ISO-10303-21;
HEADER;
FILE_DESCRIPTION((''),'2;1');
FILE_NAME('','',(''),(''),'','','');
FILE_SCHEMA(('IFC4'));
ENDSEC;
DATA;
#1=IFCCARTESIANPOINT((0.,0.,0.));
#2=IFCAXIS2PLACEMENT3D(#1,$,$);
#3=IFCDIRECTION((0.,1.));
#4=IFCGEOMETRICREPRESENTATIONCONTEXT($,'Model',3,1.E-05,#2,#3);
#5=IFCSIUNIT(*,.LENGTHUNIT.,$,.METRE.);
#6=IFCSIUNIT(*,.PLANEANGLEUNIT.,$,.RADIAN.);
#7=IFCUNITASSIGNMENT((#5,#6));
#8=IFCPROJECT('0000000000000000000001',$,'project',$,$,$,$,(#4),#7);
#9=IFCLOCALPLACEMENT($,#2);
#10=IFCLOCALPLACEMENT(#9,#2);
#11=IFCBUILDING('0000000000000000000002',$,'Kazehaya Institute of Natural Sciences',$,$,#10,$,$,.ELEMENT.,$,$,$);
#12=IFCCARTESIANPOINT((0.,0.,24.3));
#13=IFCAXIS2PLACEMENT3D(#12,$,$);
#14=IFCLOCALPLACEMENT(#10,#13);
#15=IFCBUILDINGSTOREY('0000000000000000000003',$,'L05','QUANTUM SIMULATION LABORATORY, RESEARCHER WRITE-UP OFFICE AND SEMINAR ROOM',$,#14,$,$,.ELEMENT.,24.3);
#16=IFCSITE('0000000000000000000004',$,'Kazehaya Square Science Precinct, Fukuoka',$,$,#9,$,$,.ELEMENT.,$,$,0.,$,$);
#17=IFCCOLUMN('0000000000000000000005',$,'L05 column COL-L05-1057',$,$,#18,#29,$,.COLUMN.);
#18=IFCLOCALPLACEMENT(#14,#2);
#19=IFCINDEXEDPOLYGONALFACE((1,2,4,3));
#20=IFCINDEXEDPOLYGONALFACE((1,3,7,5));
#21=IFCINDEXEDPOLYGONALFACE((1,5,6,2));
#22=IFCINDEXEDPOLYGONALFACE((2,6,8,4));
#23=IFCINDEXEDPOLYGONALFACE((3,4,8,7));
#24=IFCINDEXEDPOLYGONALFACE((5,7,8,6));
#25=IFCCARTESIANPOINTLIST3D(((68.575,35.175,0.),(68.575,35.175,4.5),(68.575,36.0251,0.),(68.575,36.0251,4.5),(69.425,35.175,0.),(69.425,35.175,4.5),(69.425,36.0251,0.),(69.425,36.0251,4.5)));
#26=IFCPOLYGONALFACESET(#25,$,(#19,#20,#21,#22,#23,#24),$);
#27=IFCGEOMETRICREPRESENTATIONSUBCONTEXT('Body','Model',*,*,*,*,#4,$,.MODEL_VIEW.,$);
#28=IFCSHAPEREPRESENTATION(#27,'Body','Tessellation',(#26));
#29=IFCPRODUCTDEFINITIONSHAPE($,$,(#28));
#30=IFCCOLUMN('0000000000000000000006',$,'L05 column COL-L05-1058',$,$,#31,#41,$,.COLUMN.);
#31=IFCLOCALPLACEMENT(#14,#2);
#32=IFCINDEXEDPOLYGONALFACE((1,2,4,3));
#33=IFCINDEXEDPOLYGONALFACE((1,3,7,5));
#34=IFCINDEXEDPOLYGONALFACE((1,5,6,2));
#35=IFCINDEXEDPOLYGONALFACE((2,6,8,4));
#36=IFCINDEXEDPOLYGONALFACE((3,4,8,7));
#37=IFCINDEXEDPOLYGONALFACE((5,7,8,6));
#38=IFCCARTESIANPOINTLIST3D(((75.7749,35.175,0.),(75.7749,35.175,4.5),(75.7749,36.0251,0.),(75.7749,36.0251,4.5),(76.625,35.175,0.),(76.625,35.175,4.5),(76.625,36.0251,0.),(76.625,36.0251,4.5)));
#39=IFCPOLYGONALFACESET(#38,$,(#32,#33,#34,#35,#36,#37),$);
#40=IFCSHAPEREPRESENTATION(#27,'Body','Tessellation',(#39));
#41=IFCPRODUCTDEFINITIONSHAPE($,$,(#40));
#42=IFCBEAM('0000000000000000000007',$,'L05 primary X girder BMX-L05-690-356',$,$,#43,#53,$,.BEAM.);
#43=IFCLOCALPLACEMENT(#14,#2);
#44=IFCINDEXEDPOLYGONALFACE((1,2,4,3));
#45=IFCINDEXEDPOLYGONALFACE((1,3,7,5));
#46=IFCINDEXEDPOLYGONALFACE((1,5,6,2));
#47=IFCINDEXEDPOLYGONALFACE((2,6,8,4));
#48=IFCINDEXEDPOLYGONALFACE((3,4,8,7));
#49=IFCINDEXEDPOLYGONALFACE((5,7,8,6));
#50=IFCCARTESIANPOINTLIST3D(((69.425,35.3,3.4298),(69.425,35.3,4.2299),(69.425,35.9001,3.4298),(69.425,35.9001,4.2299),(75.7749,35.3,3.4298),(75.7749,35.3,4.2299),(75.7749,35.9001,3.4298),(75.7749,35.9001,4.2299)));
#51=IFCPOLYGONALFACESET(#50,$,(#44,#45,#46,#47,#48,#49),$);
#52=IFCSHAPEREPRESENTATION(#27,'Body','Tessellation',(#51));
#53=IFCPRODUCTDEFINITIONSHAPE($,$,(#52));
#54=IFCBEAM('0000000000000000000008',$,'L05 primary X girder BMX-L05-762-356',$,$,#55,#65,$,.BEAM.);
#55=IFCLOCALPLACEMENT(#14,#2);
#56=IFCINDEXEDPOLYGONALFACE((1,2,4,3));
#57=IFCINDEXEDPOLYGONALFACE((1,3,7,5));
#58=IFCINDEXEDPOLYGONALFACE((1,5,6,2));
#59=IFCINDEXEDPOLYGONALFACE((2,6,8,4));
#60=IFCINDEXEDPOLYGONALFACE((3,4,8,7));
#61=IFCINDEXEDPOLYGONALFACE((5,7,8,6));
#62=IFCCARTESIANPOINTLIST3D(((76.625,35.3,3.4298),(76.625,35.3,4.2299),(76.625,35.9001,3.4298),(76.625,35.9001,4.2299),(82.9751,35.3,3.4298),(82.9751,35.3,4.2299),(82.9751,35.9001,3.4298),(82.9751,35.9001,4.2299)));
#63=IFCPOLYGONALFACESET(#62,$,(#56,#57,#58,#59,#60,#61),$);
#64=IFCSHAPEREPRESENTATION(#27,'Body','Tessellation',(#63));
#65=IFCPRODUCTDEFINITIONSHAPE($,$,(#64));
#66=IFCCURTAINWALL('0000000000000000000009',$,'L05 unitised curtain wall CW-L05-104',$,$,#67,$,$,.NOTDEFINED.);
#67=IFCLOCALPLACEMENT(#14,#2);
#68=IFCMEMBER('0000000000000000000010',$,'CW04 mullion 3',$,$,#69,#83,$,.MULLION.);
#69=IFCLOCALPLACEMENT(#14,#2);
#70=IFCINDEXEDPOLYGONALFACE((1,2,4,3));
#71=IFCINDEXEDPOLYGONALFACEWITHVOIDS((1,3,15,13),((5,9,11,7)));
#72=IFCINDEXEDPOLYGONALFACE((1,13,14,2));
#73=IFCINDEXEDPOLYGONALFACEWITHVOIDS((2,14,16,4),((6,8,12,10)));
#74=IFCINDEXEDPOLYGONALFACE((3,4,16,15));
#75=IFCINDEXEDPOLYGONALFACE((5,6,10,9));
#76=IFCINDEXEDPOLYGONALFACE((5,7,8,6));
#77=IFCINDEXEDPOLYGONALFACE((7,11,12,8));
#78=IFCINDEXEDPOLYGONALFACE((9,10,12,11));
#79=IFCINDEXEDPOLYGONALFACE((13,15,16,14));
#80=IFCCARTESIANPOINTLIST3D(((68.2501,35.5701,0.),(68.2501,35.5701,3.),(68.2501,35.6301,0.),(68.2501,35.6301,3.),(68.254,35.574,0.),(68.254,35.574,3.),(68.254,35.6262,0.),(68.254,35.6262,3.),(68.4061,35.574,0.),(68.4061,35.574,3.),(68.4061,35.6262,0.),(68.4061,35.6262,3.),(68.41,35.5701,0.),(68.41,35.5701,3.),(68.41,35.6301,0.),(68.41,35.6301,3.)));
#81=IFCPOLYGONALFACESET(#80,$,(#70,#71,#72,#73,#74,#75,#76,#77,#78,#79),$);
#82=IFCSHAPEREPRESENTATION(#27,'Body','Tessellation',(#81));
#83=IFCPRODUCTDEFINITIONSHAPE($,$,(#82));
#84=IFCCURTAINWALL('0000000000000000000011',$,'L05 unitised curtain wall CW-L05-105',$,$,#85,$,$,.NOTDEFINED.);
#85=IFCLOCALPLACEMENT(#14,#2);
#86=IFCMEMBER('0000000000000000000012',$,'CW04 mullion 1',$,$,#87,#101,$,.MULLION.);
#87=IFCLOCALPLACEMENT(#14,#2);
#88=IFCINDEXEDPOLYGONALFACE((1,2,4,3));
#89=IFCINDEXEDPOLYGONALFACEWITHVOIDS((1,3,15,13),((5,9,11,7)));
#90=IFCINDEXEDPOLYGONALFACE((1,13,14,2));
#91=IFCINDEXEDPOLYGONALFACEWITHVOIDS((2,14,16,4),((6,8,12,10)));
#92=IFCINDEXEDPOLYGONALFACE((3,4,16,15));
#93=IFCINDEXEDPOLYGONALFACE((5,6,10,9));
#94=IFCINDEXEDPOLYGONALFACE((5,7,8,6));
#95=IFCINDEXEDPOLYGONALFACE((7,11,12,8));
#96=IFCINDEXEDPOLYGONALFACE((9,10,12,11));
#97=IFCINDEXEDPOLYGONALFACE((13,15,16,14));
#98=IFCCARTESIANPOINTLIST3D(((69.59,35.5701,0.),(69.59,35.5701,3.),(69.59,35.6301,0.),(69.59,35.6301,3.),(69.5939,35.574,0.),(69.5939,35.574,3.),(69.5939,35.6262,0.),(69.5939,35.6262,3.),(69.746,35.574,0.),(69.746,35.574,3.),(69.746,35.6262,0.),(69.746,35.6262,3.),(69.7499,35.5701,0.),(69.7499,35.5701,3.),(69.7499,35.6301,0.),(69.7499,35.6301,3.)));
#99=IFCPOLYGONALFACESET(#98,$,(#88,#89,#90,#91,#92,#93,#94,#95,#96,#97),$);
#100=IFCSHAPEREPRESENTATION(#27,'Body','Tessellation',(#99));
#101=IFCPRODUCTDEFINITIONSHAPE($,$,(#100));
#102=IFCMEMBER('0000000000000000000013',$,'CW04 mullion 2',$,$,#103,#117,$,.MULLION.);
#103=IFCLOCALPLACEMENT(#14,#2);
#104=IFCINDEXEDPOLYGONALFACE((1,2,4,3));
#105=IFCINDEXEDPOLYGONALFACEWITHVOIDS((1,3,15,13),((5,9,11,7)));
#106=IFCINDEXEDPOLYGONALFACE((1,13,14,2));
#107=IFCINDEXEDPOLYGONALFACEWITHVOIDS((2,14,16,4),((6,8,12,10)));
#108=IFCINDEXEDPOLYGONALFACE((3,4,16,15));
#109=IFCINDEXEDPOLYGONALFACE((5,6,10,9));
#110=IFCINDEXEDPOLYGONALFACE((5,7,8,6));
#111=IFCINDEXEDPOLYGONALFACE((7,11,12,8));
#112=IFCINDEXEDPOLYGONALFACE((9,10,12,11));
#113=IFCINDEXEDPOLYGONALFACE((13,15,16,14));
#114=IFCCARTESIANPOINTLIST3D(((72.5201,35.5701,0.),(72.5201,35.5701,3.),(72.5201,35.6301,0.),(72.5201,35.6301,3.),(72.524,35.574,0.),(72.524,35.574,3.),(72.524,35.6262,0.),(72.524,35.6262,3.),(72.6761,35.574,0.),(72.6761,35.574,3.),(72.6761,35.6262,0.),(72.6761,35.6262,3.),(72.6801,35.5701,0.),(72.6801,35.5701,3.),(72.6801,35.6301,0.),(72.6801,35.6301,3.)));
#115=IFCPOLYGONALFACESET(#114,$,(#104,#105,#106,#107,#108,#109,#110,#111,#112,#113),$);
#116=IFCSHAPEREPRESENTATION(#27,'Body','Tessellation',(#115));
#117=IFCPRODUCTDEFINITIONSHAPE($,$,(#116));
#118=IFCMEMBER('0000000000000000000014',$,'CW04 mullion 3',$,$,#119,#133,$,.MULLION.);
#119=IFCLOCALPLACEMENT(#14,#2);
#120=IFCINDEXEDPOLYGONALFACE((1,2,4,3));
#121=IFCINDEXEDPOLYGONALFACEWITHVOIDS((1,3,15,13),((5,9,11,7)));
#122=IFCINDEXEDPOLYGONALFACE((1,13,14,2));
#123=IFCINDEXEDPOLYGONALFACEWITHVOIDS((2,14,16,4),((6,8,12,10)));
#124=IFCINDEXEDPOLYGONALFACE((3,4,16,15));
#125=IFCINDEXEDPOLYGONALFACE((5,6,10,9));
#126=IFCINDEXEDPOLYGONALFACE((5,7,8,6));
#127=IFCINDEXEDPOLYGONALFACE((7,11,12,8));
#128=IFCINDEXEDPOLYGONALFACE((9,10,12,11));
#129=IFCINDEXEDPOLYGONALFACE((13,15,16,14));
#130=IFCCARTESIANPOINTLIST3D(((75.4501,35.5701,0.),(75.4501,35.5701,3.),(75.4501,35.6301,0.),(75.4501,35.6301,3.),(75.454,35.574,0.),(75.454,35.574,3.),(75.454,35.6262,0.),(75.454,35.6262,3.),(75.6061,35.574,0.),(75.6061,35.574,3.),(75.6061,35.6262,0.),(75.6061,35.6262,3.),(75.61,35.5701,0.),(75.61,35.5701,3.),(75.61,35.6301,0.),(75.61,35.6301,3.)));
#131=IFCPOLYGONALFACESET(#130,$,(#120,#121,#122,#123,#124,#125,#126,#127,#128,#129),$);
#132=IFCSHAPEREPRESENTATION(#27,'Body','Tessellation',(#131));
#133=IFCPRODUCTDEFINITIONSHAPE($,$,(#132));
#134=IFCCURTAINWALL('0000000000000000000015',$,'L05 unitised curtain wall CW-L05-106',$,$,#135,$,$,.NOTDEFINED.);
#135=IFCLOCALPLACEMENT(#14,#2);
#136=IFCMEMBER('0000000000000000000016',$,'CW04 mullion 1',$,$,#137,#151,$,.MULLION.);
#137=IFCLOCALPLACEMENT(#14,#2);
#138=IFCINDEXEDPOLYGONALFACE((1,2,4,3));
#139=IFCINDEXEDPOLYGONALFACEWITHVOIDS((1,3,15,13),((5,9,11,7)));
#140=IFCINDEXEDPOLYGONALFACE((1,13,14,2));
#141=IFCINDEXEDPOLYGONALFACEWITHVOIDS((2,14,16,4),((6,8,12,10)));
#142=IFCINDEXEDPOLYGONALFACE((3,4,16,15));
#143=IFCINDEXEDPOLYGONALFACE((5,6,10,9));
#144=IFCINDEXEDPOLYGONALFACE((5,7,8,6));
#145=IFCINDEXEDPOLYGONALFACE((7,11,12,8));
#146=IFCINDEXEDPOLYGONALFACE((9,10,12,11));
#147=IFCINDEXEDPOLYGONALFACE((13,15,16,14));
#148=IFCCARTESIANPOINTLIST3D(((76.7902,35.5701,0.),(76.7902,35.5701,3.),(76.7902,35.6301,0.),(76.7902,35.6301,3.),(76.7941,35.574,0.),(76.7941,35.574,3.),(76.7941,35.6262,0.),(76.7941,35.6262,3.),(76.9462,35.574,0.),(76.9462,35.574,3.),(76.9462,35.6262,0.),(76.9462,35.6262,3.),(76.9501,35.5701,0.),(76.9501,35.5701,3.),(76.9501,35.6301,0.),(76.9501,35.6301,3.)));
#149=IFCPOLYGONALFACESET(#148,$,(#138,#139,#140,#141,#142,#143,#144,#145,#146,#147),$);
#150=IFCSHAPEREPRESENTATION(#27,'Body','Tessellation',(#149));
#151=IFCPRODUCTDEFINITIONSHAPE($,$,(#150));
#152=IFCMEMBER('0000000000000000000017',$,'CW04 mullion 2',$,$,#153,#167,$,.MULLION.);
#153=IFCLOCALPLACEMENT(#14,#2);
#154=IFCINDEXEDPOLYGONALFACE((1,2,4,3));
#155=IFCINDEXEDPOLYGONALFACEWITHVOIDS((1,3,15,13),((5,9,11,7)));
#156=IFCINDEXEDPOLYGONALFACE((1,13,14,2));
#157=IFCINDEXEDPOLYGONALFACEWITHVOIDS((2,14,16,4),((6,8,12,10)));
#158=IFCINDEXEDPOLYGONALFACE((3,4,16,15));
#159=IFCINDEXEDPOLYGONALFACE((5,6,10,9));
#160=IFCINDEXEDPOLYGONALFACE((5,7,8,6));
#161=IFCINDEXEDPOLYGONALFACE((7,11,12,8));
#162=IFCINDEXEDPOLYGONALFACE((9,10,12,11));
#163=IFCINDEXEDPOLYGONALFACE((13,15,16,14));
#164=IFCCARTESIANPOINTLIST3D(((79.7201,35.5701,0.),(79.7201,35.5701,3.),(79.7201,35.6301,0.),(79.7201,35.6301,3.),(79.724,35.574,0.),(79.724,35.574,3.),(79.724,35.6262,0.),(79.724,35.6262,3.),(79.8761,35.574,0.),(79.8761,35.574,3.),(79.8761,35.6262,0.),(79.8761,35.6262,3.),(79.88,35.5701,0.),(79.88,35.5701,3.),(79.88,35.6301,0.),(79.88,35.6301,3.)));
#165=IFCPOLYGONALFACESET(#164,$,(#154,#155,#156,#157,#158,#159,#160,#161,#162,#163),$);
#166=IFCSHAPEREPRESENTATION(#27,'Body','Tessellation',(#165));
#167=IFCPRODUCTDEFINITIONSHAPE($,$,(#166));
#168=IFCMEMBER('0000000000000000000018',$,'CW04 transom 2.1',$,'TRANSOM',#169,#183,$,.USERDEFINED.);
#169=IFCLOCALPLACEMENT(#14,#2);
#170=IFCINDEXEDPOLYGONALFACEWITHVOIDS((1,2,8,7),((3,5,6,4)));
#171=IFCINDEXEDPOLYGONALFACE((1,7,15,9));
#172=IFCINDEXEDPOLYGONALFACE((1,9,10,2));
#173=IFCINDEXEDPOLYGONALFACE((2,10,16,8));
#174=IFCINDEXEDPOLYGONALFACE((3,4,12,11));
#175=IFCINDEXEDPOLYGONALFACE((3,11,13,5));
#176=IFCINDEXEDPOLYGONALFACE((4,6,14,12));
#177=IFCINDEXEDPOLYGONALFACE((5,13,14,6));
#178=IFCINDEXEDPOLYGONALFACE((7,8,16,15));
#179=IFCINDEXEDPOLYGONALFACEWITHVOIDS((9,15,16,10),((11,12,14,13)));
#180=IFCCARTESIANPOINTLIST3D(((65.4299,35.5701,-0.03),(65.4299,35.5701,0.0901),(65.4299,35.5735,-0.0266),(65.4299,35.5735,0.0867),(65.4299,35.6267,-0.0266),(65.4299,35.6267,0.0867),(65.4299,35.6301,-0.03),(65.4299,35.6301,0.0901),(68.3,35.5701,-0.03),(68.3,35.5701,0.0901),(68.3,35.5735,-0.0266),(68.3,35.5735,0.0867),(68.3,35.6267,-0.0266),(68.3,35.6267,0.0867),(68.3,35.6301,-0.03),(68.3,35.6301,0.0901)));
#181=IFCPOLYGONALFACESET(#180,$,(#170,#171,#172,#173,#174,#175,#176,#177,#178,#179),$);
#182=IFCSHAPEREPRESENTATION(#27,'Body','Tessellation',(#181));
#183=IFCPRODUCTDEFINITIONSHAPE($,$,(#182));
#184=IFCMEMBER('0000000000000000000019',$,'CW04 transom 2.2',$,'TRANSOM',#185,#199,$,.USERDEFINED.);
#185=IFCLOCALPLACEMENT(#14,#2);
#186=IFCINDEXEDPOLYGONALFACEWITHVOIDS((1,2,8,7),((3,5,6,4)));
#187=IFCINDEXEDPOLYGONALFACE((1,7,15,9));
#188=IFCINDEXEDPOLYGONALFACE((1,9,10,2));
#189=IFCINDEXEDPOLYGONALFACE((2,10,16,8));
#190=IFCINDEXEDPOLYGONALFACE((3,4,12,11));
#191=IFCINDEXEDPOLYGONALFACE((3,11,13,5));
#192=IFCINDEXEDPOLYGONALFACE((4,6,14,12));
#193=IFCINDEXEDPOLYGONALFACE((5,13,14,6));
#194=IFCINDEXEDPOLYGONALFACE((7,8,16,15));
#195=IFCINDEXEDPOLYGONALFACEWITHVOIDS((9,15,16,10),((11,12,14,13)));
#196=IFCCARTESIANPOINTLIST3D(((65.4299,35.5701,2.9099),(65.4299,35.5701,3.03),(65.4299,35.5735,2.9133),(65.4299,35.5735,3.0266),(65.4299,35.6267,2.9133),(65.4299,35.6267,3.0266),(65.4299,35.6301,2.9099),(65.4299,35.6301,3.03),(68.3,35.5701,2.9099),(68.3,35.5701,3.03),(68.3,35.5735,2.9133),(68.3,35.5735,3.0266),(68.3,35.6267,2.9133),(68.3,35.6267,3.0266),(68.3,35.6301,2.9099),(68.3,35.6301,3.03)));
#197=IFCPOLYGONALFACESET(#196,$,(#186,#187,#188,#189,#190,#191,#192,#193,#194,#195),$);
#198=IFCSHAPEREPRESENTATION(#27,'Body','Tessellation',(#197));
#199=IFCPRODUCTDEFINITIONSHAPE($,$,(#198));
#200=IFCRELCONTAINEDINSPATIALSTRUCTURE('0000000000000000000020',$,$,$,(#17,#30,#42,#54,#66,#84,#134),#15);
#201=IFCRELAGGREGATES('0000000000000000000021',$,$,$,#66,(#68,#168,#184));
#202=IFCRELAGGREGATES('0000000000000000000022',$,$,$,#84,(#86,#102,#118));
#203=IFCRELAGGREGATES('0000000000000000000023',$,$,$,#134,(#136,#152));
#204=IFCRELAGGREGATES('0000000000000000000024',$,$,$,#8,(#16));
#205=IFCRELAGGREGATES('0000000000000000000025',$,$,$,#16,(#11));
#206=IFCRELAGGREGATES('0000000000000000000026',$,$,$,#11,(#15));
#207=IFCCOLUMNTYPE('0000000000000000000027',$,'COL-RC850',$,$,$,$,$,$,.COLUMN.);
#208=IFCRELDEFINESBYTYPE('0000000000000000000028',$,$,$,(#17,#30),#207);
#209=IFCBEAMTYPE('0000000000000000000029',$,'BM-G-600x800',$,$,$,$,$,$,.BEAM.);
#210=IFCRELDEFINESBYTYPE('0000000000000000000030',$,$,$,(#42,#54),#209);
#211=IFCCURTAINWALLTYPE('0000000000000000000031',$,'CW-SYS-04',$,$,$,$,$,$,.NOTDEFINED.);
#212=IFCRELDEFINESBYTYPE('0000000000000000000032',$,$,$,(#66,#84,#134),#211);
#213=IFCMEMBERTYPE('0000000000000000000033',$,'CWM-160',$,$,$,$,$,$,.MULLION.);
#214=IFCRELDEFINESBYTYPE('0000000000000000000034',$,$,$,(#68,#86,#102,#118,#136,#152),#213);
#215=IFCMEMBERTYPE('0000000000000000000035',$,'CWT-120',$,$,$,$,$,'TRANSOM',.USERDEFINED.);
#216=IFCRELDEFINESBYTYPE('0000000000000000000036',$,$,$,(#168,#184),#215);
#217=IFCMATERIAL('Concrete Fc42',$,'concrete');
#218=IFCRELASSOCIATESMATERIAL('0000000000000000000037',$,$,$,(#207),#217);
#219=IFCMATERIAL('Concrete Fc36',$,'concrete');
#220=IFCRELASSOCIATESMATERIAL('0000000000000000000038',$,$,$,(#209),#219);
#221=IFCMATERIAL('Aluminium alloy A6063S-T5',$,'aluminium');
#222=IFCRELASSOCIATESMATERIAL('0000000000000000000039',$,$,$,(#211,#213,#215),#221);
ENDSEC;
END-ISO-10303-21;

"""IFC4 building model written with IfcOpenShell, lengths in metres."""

from ifc_helpers import new_model, si_unit, direction, frame, origin, origin_2d, place, context, subcontext, project, spatial, rectangle, hollow_rectangle, extrude, material, material_profile, profile_set, type_object, element, aggregate, save


model = new_model("IFC4")

# Units and contexts
model_context = context("Model", 3, precision=1e-05, world=origin(), true_north=direction((0.0, 1.0)))
body_context = subcontext(model_context, "Body", "Model", "MODEL_VIEW")
ifc_project = project(units=[si_unit("LENGTHUNIT", "METRE"), si_unit("PLANEANGLEUNIT", "RADIAN")], contexts=[model_context])

# Site, building, storey
site_placement = place(None, origin())
site = spatial("IfcSite", under=ifc_project, at=site_placement, Name="Kazehaya Square Science Precinct, Fukuoka", CompositionType="ELEMENT", RefElevation=0.0)
building_placement = place(site_placement, origin())
building = spatial("IfcBuilding", under=site, at=building_placement, Name="Kazehaya Institute of Natural Sciences", CompositionType="ELEMENT")
storey_placement = place(building_placement, frame((0.0, 0.0, 24.3)))
storey = spatial("IfcBuildingStorey", under=building, at=storey_placement, Name="L05", Description="QUANTUM SIMULATION LABORATORY, RESEARCHER WRITE-UP OFFICE AND SEMINAR ROOM", CompositionType="ELEMENT", Elevation=24.3)

# Columns
ifc_material_1 = material(Name="Concrete Fc42", Category="concrete")
ifc_material_profile_1 = material_profile(ifc_material_1, rectangle(XDim=0.8501, YDim=0.8501, at=origin_2d()), Name="RC-850x850")
ifc_profile_set_1 = profile_set([ifc_material_profile_1], Name="Concrete Fc42")
column_type = type_object("IfcColumnType", Name="COL-RC850", PredefinedType="COLUMN", material=ifc_profile_set_1)
for number, where, z_axis, x_axis, name in (
    (1, (69.0, 35.6001, 0.0), (0.0, 0.0, 1.0), (1.0, 0.0, 0.0), "L05 column COL-L05-1057"),
    (2, (76.2, 35.6001, 0.0), (0.0, 0.0, 1.0), (1.0, 0.0, 0.0), "L05 column COL-L05-1058"),
):
    element("IfcColumn", number, at=place(storey_placement, frame(where, z_axis=z_axis, x_axis=x_axis)), inside=storey, type_object=column_type, Name=name, PredefinedType="COLUMN", context=body_context, shape_type="SweptSolid", body=[
        extrude(rectangle(XDim=0.8501, YDim=0.8501, at=origin_2d()), origin(), (0.0, 0.0, 1.0), 4.5),
    ])

# Beams
ifc_material_2 = material(Name="Concrete Fc36", Category="concrete")
ifc_material_profile_2 = material_profile(ifc_material_2, rectangle(XDim=0.6001, YDim=0.8, at=origin_2d()), Name="RC-600x800")
ifc_profile_set_2 = profile_set([ifc_material_profile_2], Name="Concrete Fc36")
beam_type = type_object("IfcBeamType", Name="BM-G-600x800", PredefinedType="BEAM", material=ifc_profile_set_2)
beam_1_placement = place(storey_placement, frame((69.425, 35.6001, 3.8298), z_axis=(1.0, 0.0, 0.0), x_axis=(0.0, 1.0, 0.0)))
element("IfcBeam", 3, at=beam_1_placement, inside=storey, type_object=beam_type, Name="L05 primary X girder BMX-L05-690-356", PredefinedType="BEAM", context=body_context, shape_type="SweptSolid", body=[
    extrude(rectangle(XDim=0.6001, YDim=0.8, at=origin_2d()), origin(), (0.0, 0.0, 1.0), 6.3499),
])
beam_2_placement = place(storey_placement, frame((76.625, 35.6001, 3.8298), z_axis=(1.0, 0.0, 0.0), x_axis=(0.0, 1.0, 0.0)))
element("IfcBeam", 4, at=beam_2_placement, inside=storey, type_object=beam_type, Name="L05 primary X girder BMX-L05-762-356", PredefinedType="BEAM", context=body_context, shape_type="SweptSolid", body=[
    extrude(rectangle(XDim=0.6001, YDim=0.8, at=origin_2d()), origin(), (0.0, 0.0, 1.0), 6.3501),
])

# Curtain wall, member
ifc_material_3 = material(Name="Aluminium alloy A6063S-T5", Category="aluminium")
curtain_wall_type = type_object("IfcCurtainWallType", Name="CW-SYS-04", PredefinedType="NOTDEFINED", material=ifc_material_3)
curtain_wall_1_placement = place(storey_placement, origin())
curtain_wall_1 = element("IfcCurtainWall", 5, at=curtain_wall_1_placement, inside=storey, type_object=curtain_wall_type, Name="L05 unitised curtain wall CW-L05-104", PredefinedType="NOTDEFINED")
ifc_material_profile_3 = material_profile(ifc_material_3, hollow_rectangle(XDim=0.0601, YDim=0.1599, WallThickness=0.0039, at=origin_2d()), Name="ALU-60x160x4")
ifc_profile_set_3 = profile_set([ifc_material_profile_3], Name="Aluminium alloy A6063S-T5")
member_type_1 = type_object("IfcMemberType", Name="CWM-160", PredefinedType="MULLION", material=ifc_profile_set_3)
member_1_placement = place(storey_placement, frame((68.3301, 35.6001, 0.0), z_axis=(0.0, 0.0, 1.0), x_axis=(0.0, 1.0, 0.0)))
member_1 = element("IfcMember", 6, at=member_1_placement, type_object=member_type_1, Name="CW04 mullion 3", PredefinedType="MULLION", context=body_context, shape_type="SweptSolid", body=[
    extrude(hollow_rectangle(XDim=0.0601, YDim=0.1599, WallThickness=0.0039, at=origin_2d()), origin(), (0.0, 0.0, 1.0), 3.0),
])

# Curtain walls, members
curtain_wall_2_placement = place(storey_placement, origin())
curtain_wall_2 = element("IfcCurtainWall", 7, at=curtain_wall_2_placement, inside=storey, type_object=curtain_wall_type, Name="L05 unitised curtain wall CW-L05-105", PredefinedType="NOTDEFINED")
member_2_placement = place(storey_placement, frame((69.6699, 35.6001, 0.0), z_axis=(0.0, 0.0, 1.0), x_axis=(0.0, 1.0, 0.0)))
member_2 = element("IfcMember", 8, at=member_2_placement, type_object=member_type_1, Name="CW04 mullion 1", PredefinedType="MULLION", context=body_context, shape_type="SweptSolid", body=[
    extrude(hollow_rectangle(XDim=0.0601, YDim=0.1599, WallThickness=0.0039, at=origin_2d()), origin(), (0.0, 0.0, 1.0), 3.0),
])
member_3_placement = place(storey_placement, frame((72.6001, 35.6001, 0.0), z_axis=(0.0, 0.0, 1.0), x_axis=(0.0, 1.0, 0.0)))
member_3 = element("IfcMember", 9, at=member_3_placement, type_object=member_type_1, Name="CW04 mullion 2", PredefinedType="MULLION", context=body_context, shape_type="SweptSolid", body=[
    extrude(hollow_rectangle(XDim=0.0601, YDim=0.1599, WallThickness=0.0039, at=origin_2d()), origin(), (0.0, 0.0, 1.0), 3.0),
])
member_4_placement = place(storey_placement, frame((75.53, 35.6001, 0.0), z_axis=(0.0, 0.0, 1.0), x_axis=(0.0, 1.0, 0.0)))
member_4 = element("IfcMember", 10, at=member_4_placement, type_object=member_type_1, Name="CW04 mullion 3", PredefinedType="MULLION", context=body_context, shape_type="SweptSolid", body=[
    extrude(hollow_rectangle(XDim=0.0601, YDim=0.1599, WallThickness=0.0039, at=origin_2d()), origin(), (0.0, 0.0, 1.0), 3.0),
])
curtain_wall_3_placement = place(storey_placement, origin())
curtain_wall_3 = element("IfcCurtainWall", 11, at=curtain_wall_3_placement, inside=storey, type_object=curtain_wall_type, Name="L05 unitised curtain wall CW-L05-106", PredefinedType="NOTDEFINED")
member_5_placement = place(storey_placement, frame((76.8701, 35.6001, 0.0), z_axis=(0.0, 0.0, 1.0), x_axis=(0.0, 1.0, 0.0)))
member_5 = element("IfcMember", 12, at=member_5_placement, type_object=member_type_1, Name="CW04 mullion 1", PredefinedType="MULLION", context=body_context, shape_type="SweptSolid", body=[
    extrude(hollow_rectangle(XDim=0.0601, YDim=0.1599, WallThickness=0.0039, at=origin_2d()), origin(), (0.0, 0.0, 1.0), 3.0),
])
member_6_placement = place(storey_placement, frame((79.8, 35.6001, 0.0), z_axis=(0.0, 0.0, 1.0), x_axis=(0.0, 1.0, 0.0)))
member_6 = element("IfcMember", 13, at=member_6_placement, type_object=member_type_1, Name="CW04 mullion 2", PredefinedType="MULLION", context=body_context, shape_type="SweptSolid", body=[
    extrude(hollow_rectangle(XDim=0.0601, YDim=0.1599, WallThickness=0.0039, at=origin_2d()), origin(), (0.0, 0.0, 1.0), 3.0),
])

# Members
ifc_material_profile_4 = material_profile(ifc_material_3, hollow_rectangle(XDim=0.0601, YDim=0.1201, WallThickness=0.0034, at=origin_2d()), Name="ALU-60x120x3.5")
ifc_profile_set_4 = profile_set([ifc_material_profile_4], Name="Aluminium alloy A6063S-T5")
member_type_2 = type_object("IfcMemberType", Name="CWT-120", ElementType="TRANSOM", PredefinedType="USERDEFINED", material=ifc_profile_set_4)
member_7_placement = place(storey_placement, frame((65.4299, 35.6001, 0.03), z_axis=(1.0, 0.0, 0.0), x_axis=(0.0, 1.0, 0.0)))
member_7 = element("IfcMember", 14, at=member_7_placement, type_object=member_type_2, Name="CW04 transom 2.1", ObjectType="TRANSOM", PredefinedType="USERDEFINED", context=body_context, shape_type="SweptSolid", body=[
    extrude(hollow_rectangle(XDim=0.0601, YDim=0.1201, WallThickness=0.0034, at=origin_2d()), origin(), (0.0, 0.0, 1.0), 2.8701),
])
member_8_placement = place(storey_placement, frame((65.4299, 35.6001, 2.97), z_axis=(1.0, 0.0, 0.0), x_axis=(0.0, 1.0, 0.0)))
member_8 = element("IfcMember", 15, at=member_8_placement, type_object=member_type_2, Name="CW04 transom 2.2", ObjectType="TRANSOM", PredefinedType="USERDEFINED", context=body_context, shape_type="SweptSolid", body=[
    extrude(hollow_rectangle(XDim=0.0601, YDim=0.1201, WallThickness=0.0034, at=origin_2d()), origin(), (0.0, 0.0, 1.0), 2.8701),
])

aggregate(curtain_wall_1, [member_1, member_7, member_8])
aggregate(curtain_wall_2, [member_2, member_3, member_4])
aggregate(curtain_wall_3, [member_5, member_6])

save(model, "model.ifc")
